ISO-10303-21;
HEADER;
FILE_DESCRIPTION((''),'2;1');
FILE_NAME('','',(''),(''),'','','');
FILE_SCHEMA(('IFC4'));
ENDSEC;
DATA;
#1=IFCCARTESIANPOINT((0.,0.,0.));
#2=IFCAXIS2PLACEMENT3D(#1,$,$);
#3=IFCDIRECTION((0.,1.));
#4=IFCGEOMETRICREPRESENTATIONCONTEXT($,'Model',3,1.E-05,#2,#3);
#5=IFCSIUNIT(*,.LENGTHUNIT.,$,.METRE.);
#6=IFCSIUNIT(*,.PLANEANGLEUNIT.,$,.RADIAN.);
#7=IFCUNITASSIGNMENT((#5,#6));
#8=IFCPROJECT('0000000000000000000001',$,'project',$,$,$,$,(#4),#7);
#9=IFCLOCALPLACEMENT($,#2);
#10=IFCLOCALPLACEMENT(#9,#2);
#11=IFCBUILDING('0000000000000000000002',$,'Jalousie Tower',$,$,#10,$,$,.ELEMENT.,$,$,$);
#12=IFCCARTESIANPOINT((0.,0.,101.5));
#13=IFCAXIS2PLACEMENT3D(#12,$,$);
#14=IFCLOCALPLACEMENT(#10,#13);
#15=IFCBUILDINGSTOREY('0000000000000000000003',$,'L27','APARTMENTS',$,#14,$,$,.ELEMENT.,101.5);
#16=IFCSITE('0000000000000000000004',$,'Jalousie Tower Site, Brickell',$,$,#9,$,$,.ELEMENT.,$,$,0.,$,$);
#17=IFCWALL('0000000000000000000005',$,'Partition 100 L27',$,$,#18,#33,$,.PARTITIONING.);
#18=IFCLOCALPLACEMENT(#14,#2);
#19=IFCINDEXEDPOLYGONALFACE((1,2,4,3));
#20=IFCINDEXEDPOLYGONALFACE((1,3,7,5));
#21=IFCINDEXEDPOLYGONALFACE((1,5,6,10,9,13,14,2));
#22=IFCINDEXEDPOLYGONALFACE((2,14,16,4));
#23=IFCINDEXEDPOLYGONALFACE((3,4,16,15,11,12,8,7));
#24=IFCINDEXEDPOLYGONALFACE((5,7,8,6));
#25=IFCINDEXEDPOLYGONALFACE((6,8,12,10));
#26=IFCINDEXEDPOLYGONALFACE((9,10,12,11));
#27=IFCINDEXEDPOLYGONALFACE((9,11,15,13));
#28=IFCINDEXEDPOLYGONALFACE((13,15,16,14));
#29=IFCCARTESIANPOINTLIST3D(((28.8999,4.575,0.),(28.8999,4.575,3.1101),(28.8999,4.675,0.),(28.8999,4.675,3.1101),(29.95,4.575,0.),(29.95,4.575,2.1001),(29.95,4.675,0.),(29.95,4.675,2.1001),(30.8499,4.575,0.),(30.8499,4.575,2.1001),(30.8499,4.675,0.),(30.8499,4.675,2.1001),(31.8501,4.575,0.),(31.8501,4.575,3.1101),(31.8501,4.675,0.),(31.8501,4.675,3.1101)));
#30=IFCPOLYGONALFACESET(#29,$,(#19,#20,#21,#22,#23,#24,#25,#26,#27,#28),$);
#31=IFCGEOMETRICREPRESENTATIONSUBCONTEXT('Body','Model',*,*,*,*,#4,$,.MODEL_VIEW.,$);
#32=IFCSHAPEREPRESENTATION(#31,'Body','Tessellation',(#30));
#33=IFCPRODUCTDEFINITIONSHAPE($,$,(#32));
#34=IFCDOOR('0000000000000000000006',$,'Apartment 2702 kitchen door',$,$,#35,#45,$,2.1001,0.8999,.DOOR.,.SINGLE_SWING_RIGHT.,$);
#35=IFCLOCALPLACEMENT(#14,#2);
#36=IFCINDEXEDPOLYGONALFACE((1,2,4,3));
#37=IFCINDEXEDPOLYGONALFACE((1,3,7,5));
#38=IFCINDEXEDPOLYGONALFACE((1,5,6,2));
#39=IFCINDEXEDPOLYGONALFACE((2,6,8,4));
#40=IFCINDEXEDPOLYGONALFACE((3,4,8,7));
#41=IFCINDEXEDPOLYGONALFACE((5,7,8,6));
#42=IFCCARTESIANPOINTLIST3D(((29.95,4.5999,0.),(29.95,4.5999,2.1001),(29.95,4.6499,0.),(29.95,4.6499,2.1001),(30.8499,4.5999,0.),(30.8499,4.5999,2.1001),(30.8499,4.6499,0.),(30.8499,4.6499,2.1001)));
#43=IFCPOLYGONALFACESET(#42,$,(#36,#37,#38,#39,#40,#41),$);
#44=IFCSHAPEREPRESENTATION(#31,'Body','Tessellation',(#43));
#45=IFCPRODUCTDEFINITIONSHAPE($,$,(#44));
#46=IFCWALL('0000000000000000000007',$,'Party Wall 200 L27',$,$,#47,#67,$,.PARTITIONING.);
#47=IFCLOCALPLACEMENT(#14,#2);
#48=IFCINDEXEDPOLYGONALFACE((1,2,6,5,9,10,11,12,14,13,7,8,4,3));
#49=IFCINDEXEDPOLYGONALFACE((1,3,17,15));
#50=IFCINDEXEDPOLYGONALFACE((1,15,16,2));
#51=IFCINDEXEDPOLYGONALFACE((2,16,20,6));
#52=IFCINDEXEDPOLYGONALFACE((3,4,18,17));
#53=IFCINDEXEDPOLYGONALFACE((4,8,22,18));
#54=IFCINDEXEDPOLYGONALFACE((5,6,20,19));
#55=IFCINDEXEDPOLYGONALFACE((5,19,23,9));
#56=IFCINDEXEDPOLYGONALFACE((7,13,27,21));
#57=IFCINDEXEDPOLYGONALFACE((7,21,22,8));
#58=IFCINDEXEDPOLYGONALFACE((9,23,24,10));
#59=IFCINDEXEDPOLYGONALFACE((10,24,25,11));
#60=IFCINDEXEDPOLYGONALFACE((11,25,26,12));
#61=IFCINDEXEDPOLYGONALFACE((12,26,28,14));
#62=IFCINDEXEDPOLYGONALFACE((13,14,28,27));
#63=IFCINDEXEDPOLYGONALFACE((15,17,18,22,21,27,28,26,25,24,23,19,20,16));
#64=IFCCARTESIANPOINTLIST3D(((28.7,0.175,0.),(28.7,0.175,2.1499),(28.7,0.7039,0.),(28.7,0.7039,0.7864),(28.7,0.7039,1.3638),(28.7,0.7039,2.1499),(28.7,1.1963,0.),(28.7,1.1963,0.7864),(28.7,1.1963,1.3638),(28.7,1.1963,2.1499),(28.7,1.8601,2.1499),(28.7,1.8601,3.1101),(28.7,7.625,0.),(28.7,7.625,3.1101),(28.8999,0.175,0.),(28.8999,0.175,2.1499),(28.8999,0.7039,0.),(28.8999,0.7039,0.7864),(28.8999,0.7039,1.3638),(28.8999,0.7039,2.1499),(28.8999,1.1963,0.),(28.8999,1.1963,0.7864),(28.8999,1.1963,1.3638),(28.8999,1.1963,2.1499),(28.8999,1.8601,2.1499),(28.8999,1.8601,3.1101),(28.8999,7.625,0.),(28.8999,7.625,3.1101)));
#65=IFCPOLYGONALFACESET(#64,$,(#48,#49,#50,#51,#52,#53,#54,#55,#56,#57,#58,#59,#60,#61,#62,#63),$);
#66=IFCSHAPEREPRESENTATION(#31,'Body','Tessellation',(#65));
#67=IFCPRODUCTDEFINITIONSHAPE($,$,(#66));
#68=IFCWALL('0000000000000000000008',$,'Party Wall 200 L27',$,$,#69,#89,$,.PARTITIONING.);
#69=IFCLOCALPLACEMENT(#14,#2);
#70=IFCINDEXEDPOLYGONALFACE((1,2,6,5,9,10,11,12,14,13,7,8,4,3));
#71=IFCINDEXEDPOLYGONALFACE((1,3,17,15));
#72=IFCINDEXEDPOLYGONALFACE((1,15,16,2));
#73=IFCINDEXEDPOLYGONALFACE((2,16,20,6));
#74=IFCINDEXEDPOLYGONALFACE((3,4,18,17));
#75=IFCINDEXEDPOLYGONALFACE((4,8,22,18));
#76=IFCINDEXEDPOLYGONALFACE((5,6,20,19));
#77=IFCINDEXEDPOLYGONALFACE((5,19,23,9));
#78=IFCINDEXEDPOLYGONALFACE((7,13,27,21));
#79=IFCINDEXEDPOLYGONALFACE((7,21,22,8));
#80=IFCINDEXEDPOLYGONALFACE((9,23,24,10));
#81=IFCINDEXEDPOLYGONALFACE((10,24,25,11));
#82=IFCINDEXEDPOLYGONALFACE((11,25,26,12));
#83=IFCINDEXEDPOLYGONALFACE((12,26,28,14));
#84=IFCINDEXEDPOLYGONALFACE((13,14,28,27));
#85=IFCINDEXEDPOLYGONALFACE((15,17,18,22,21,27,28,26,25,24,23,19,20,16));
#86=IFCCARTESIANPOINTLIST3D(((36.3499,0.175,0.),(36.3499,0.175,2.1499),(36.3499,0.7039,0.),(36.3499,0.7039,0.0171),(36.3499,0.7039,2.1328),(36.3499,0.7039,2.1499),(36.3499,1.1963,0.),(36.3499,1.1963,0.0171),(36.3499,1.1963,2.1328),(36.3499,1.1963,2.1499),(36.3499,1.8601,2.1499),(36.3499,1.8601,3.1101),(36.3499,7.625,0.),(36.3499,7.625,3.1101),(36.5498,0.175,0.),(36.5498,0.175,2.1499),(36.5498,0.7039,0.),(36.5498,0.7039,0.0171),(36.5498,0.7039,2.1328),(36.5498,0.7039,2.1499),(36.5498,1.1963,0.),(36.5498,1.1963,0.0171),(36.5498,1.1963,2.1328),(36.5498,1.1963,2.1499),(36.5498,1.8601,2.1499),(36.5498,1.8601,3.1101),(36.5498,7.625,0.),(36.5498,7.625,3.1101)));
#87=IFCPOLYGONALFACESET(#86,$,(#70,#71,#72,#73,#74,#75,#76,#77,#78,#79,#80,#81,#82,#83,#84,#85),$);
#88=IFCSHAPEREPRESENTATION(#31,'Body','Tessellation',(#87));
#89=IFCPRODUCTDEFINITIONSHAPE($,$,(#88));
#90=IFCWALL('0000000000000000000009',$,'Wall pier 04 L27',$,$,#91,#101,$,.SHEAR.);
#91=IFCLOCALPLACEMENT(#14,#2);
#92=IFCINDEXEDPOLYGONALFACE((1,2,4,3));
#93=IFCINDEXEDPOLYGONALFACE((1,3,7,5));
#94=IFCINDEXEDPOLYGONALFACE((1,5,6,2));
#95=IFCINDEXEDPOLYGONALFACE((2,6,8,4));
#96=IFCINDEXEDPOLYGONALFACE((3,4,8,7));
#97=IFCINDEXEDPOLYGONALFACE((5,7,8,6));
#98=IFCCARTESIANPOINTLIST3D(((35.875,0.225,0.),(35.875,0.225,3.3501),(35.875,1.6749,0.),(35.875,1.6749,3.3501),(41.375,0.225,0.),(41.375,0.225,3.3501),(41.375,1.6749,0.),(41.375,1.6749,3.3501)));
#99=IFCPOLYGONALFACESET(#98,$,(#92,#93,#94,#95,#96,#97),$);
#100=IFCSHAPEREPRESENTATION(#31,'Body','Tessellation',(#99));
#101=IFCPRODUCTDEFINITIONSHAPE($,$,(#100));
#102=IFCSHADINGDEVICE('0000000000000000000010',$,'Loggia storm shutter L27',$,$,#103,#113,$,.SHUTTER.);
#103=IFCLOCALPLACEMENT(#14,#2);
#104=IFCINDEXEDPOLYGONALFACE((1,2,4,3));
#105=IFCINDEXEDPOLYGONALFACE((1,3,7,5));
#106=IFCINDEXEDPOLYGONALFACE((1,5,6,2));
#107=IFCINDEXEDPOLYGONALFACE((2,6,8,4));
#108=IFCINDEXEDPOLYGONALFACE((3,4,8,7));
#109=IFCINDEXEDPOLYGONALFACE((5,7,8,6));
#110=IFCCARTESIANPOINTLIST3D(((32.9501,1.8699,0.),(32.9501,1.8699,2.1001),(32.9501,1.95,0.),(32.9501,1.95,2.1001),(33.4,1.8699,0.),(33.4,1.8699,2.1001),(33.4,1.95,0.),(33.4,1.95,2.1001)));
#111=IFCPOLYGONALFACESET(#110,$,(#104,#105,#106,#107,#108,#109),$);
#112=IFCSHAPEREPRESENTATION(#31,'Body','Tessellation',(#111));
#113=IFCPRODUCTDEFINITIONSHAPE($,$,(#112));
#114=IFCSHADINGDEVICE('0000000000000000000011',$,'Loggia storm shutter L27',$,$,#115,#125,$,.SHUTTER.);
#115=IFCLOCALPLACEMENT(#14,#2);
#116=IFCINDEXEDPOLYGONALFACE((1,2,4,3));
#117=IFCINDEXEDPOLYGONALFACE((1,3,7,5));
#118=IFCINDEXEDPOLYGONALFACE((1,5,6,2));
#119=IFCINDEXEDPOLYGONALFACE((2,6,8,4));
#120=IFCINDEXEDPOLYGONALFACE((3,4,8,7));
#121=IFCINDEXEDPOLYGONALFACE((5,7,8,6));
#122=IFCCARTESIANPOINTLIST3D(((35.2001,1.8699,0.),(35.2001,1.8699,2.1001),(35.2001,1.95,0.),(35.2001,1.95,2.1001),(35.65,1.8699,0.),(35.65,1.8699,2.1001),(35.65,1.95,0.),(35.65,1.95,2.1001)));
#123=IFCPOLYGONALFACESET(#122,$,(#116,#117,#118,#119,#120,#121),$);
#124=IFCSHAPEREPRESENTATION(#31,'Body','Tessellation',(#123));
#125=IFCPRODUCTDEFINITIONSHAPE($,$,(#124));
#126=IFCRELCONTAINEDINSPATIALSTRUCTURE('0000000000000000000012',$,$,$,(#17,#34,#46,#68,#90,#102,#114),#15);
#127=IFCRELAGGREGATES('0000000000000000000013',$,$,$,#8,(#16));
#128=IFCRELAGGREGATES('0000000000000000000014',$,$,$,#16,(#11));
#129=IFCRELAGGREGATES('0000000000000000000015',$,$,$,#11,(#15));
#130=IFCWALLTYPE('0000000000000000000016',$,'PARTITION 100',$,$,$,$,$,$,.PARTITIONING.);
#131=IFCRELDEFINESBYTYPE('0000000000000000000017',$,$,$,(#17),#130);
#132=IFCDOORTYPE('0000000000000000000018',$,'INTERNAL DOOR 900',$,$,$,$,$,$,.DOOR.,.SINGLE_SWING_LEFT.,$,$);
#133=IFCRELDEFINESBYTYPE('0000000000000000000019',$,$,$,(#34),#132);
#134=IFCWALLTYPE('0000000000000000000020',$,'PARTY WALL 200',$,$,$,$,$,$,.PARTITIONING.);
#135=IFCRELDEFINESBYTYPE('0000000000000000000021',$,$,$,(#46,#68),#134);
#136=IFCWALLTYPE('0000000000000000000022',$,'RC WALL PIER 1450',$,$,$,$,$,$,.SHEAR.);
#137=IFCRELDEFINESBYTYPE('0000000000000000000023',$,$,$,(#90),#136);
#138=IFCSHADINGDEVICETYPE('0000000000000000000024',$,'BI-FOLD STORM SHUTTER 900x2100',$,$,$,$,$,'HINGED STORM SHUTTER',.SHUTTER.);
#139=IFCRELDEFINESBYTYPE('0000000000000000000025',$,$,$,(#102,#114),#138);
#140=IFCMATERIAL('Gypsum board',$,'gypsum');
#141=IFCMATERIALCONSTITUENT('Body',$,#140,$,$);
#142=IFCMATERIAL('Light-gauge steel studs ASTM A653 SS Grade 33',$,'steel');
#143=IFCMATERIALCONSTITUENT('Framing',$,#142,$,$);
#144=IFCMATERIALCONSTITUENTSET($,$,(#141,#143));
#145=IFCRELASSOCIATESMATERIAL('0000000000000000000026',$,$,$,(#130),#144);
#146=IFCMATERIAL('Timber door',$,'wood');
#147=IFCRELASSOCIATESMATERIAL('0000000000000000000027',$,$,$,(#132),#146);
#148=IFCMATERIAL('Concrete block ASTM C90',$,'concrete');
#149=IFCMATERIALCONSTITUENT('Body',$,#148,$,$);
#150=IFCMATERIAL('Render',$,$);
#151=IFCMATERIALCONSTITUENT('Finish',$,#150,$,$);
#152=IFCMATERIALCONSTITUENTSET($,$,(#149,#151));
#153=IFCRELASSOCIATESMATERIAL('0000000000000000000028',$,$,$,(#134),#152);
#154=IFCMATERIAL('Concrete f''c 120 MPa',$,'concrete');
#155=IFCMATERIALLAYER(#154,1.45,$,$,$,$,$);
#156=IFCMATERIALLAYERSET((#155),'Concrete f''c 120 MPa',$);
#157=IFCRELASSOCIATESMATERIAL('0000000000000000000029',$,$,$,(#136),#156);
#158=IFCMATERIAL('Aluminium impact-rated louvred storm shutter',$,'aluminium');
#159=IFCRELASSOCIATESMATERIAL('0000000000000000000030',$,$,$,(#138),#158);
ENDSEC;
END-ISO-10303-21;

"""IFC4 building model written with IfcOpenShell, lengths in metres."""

from ifc_helpers import new_model, si_unit, direction, frame, frame_2d, origin, origin_2d, place, context, subcontext, project, spatial, polyline, rectangle, outline, extrude, material, layer, layer_set, constituent, constituent_set, type_object, element, fill, save


model = new_model("IFC4")

# Units and contexts
model_context = context("Model", 3, precision=1e-05, world=origin(), true_north=direction((0.0, 1.0)))
body_context = subcontext(model_context, "Body", "Model", "MODEL_VIEW")
ifc_project = project(units=[si_unit("LENGTHUNIT", "METRE"), si_unit("PLANEANGLEUNIT", "RADIAN")], contexts=[model_context])

# Site, building, storey
site_placement = place(None, origin())
site = spatial("IfcSite", under=ifc_project, at=site_placement, Name="Jalousie Tower Site, Brickell", CompositionType="ELEMENT", RefElevation=0.0)
building_placement = place(site_placement, origin())
building = spatial("IfcBuilding", under=site, at=building_placement, Name="Jalousie Tower", CompositionType="ELEMENT")
storey_placement = place(building_placement, frame((0.0, 0.0, 101.5)))
storey = spatial("IfcBuildingStorey", under=building, at=storey_placement, Name="L27", Description="APARTMENTS", CompositionType="ELEMENT", Elevation=101.5)

# Wall, opening, door
ifc_material_1 = material(Name="Gypsum board", Category="gypsum")
ifc_constituent_1 = constituent(ifc_material_1, Name="Body")
ifc_material_2 = material(Name="Light-gauge steel studs ASTM A653 SS Grade 33", Category="steel")
ifc_constituent_2 = constituent(ifc_material_2, Name="Framing")
ifc_constituent_set_1 = constituent_set(constituents=[ifc_constituent_1, ifc_constituent_2])
wall_type_1 = type_object("IfcWallType", Name="PARTITION 100", PredefinedType="PARTITIONING", material=ifc_constituent_set_1)
wall_1_placement = place(storey_placement, frame((28.8999, 4.625, 0.0), z_axis=(0.0, 0.0, 1.0), x_axis=(1.0, 0.0, 0.0)))
wall_1 = element("IfcWall", 1, at=wall_1_placement, inside=storey, type_object=wall_type_1, Name="Partition 100 L27", PredefinedType="PARTITIONING", context=body_context, shape_type="SweptSolid", body=[
    extrude(rectangle(XDim=2.9502, YDim=0.1001, at=frame_2d((1.4751, 0.0))), origin(), (0.0, 0.0, 1.0), 3.1101),
])
opening_1_placement = place(wall_1_placement, frame((1.05, 0.0, 0.0)))
opening_1 = element("IfcOpeningElement", 2, at=opening_1_placement, cuts=wall_1, PredefinedType="OPENING", context=body_context, shape_type="SweptSolid", body=[
    extrude(rectangle(XDim=0.8999, YDim=2.1001, at=frame_2d((0.45, 1.05))), frame((0.0, 0.0601, 0.0), z_axis=(0.0, -1.0, 0.0), x_axis=(1.0, 0.0, 0.0)), (0.0, 0.0, 1.0), 0.1201),
])
ifc_material_3 = material(Name="Timber door", Category="wood")
door_type_1 = type_object("IfcDoorType", Name="INTERNAL DOOR 900", OperationType="SINGLE_SWING_LEFT", PredefinedType="DOOR", material=ifc_material_3)
door_1_placement = place(opening_1_placement, origin())
door_1 = element("IfcDoor", 3, at=door_1_placement, inside=storey, type_object=door_type_1, Name="Apartment 2702 kitchen door", OperationType="SINGLE_SWING_RIGHT", OverallHeight=2.1001, OverallWidth=0.8999, PredefinedType="DOOR", context=body_context, shape_type="SweptSolid", body=[
    extrude(rectangle(XDim=0.8999, YDim=2.1001, at=frame_2d((0.45, 1.05))), frame((0.0, 0.0249, 0.0), z_axis=(0.0, -1.0, 0.0), x_axis=(1.0, 0.0, 0.0)), (0.0, 0.0, 1.0), 0.05),
])
fill(opening_1, door_1)

# Walls
ifc_material_4 = material(Name="Concrete block ASTM C90", Category="concrete")
ifc_constituent_3 = constituent(ifc_material_4, Name="Body")
ifc_material_5 = material(Name="Render")
ifc_constituent_4 = constituent(ifc_material_5, Name="Finish")
ifc_constituent_set_2 = constituent_set(constituents=[ifc_constituent_3, ifc_constituent_4])
wall_type_2 = type_object("IfcWallType", Name="PARTY WALL 200", PredefinedType="PARTITIONING", material=ifc_constituent_set_2)
wall_2_placement = place(storey_placement, frame((28.8, 0.175, 0.0), z_axis=(0.0, 0.0, 1.0), x_axis=(0.0, 1.0, 0.0)))
element("IfcWall", 4, at=wall_2_placement, inside=storey, type_object=wall_type_2, Name="Party Wall 200 L27", PredefinedType="PARTITIONING", context=body_context, shape_type="SweptSolid", body=[
    extrude(outline(polyline([(0.5288, 2.1499), (0.0, 2.1499), (0.0, 0.0), (0.5288, 0.0), (0.5288, 0.7864), (1.0212, 0.7864), (1.0212, 0.0), (7.45, 0.0), (7.45, 3.1101), (1.6851, 3.1101), (1.6851, 2.1499), (1.0212, 2.1499), (1.0212, 1.3638), (0.5288, 1.3638), (0.5288, 2.1499)])), frame((0.0, 0.1001, 0.0), z_axis=(0.0, -1.0, 0.0), x_axis=(1.0, 0.0, 0.0)), (0.0, 0.0, 1.0), 0.2),
])
wall_3_placement = place(storey_placement, frame((36.45, 0.175, 0.0), z_axis=(0.0, 0.0, 1.0), x_axis=(0.0, 1.0, 0.0)))
element("IfcWall", 5, at=wall_3_placement, inside=storey, type_object=wall_type_2, Name="Party Wall 200 L27", PredefinedType="PARTITIONING", context=body_context, shape_type="SweptSolid", body=[
    extrude(outline(polyline([(0.5288, 2.1499), (0.0, 2.1499), (0.0, 0.0), (0.5288, 0.0), (0.5288, 0.0171), (1.0212, 0.0171), (1.0212, 0.0), (7.45, 0.0), (7.45, 3.1101), (1.6851, 3.1101), (1.6851, 2.1499), (1.0212, 2.1499), (1.0212, 2.1328), (0.5288, 2.1328), (0.5288, 2.1499)])), frame((0.0, 0.1001, 0.0), z_axis=(0.0, -1.0, 0.0), x_axis=(1.0, 0.0, 0.0)), (0.0, 0.0, 1.0), 0.2),
])
ifc_material_6 = material(Name="Concrete f'c 120 MPa", Category="concrete")
ifc_layer_1 = layer(ifc_material_6, 1.45)
ifc_layer_set_1 = layer_set([ifc_layer_1], Name="Concrete f'c 120 MPa")
wall_type_3 = type_object("IfcWallType", Name="RC WALL PIER 1450", PredefinedType="SHEAR", material=ifc_layer_set_1)
wall_4_placement = place(storey_placement, frame((35.875, 0.95, 0.0), z_axis=(0.0, 0.0, 1.0), x_axis=(1.0, 0.0, 0.0)))
element("IfcWall", 6, at=wall_4_placement, inside=storey, type_object=wall_type_3, Name="Wall pier 04 L27", PredefinedType="SHEAR", context=body_context, shape_type="SweptSolid", body=[
    extrude(rectangle(XDim=5.5, YDim=1.45, at=frame_2d((2.75, 0.0))), origin(), (0.0, 0.0, 1.0), 3.3501),
])

# Shading devices
ifc_material_7 = material(Name="Aluminium impact-rated louvred storm shutter", Category="aluminium")
shading_device_type_1 = type_object("IfcShadingDeviceType", Name="BI-FOLD STORM SHUTTER 900x2100", ElementType="HINGED STORM SHUTTER", PredefinedType="SHUTTER", material=ifc_material_7)
for number, where, z_axis, x_axis, name in (
    (7, (33.175, 1.9099, 0.0), (0.0, 0.0, 1.0), (1.0, 0.0, 0.0), "Loggia storm shutter L27"),
    (8, (35.425, 1.9099, 0.0), (0.0, 0.0, 1.0), (1.0, 0.0, 0.0), "Loggia storm shutter L27"),
):
    element("IfcShadingDevice", number, at=place(storey_placement, frame(where, z_axis=z_axis, x_axis=x_axis)), inside=storey, type_object=shading_device_type_1, Name=name, PredefinedType="SHUTTER", context=body_context, shape_type="SweptSolid", body=[
        extrude(rectangle(XDim=0.45, YDim=0.0801, at=origin_2d()), origin(), (0.0, 0.0, 1.0), 2.1001),
    ])

save(model, "model.ifc")
